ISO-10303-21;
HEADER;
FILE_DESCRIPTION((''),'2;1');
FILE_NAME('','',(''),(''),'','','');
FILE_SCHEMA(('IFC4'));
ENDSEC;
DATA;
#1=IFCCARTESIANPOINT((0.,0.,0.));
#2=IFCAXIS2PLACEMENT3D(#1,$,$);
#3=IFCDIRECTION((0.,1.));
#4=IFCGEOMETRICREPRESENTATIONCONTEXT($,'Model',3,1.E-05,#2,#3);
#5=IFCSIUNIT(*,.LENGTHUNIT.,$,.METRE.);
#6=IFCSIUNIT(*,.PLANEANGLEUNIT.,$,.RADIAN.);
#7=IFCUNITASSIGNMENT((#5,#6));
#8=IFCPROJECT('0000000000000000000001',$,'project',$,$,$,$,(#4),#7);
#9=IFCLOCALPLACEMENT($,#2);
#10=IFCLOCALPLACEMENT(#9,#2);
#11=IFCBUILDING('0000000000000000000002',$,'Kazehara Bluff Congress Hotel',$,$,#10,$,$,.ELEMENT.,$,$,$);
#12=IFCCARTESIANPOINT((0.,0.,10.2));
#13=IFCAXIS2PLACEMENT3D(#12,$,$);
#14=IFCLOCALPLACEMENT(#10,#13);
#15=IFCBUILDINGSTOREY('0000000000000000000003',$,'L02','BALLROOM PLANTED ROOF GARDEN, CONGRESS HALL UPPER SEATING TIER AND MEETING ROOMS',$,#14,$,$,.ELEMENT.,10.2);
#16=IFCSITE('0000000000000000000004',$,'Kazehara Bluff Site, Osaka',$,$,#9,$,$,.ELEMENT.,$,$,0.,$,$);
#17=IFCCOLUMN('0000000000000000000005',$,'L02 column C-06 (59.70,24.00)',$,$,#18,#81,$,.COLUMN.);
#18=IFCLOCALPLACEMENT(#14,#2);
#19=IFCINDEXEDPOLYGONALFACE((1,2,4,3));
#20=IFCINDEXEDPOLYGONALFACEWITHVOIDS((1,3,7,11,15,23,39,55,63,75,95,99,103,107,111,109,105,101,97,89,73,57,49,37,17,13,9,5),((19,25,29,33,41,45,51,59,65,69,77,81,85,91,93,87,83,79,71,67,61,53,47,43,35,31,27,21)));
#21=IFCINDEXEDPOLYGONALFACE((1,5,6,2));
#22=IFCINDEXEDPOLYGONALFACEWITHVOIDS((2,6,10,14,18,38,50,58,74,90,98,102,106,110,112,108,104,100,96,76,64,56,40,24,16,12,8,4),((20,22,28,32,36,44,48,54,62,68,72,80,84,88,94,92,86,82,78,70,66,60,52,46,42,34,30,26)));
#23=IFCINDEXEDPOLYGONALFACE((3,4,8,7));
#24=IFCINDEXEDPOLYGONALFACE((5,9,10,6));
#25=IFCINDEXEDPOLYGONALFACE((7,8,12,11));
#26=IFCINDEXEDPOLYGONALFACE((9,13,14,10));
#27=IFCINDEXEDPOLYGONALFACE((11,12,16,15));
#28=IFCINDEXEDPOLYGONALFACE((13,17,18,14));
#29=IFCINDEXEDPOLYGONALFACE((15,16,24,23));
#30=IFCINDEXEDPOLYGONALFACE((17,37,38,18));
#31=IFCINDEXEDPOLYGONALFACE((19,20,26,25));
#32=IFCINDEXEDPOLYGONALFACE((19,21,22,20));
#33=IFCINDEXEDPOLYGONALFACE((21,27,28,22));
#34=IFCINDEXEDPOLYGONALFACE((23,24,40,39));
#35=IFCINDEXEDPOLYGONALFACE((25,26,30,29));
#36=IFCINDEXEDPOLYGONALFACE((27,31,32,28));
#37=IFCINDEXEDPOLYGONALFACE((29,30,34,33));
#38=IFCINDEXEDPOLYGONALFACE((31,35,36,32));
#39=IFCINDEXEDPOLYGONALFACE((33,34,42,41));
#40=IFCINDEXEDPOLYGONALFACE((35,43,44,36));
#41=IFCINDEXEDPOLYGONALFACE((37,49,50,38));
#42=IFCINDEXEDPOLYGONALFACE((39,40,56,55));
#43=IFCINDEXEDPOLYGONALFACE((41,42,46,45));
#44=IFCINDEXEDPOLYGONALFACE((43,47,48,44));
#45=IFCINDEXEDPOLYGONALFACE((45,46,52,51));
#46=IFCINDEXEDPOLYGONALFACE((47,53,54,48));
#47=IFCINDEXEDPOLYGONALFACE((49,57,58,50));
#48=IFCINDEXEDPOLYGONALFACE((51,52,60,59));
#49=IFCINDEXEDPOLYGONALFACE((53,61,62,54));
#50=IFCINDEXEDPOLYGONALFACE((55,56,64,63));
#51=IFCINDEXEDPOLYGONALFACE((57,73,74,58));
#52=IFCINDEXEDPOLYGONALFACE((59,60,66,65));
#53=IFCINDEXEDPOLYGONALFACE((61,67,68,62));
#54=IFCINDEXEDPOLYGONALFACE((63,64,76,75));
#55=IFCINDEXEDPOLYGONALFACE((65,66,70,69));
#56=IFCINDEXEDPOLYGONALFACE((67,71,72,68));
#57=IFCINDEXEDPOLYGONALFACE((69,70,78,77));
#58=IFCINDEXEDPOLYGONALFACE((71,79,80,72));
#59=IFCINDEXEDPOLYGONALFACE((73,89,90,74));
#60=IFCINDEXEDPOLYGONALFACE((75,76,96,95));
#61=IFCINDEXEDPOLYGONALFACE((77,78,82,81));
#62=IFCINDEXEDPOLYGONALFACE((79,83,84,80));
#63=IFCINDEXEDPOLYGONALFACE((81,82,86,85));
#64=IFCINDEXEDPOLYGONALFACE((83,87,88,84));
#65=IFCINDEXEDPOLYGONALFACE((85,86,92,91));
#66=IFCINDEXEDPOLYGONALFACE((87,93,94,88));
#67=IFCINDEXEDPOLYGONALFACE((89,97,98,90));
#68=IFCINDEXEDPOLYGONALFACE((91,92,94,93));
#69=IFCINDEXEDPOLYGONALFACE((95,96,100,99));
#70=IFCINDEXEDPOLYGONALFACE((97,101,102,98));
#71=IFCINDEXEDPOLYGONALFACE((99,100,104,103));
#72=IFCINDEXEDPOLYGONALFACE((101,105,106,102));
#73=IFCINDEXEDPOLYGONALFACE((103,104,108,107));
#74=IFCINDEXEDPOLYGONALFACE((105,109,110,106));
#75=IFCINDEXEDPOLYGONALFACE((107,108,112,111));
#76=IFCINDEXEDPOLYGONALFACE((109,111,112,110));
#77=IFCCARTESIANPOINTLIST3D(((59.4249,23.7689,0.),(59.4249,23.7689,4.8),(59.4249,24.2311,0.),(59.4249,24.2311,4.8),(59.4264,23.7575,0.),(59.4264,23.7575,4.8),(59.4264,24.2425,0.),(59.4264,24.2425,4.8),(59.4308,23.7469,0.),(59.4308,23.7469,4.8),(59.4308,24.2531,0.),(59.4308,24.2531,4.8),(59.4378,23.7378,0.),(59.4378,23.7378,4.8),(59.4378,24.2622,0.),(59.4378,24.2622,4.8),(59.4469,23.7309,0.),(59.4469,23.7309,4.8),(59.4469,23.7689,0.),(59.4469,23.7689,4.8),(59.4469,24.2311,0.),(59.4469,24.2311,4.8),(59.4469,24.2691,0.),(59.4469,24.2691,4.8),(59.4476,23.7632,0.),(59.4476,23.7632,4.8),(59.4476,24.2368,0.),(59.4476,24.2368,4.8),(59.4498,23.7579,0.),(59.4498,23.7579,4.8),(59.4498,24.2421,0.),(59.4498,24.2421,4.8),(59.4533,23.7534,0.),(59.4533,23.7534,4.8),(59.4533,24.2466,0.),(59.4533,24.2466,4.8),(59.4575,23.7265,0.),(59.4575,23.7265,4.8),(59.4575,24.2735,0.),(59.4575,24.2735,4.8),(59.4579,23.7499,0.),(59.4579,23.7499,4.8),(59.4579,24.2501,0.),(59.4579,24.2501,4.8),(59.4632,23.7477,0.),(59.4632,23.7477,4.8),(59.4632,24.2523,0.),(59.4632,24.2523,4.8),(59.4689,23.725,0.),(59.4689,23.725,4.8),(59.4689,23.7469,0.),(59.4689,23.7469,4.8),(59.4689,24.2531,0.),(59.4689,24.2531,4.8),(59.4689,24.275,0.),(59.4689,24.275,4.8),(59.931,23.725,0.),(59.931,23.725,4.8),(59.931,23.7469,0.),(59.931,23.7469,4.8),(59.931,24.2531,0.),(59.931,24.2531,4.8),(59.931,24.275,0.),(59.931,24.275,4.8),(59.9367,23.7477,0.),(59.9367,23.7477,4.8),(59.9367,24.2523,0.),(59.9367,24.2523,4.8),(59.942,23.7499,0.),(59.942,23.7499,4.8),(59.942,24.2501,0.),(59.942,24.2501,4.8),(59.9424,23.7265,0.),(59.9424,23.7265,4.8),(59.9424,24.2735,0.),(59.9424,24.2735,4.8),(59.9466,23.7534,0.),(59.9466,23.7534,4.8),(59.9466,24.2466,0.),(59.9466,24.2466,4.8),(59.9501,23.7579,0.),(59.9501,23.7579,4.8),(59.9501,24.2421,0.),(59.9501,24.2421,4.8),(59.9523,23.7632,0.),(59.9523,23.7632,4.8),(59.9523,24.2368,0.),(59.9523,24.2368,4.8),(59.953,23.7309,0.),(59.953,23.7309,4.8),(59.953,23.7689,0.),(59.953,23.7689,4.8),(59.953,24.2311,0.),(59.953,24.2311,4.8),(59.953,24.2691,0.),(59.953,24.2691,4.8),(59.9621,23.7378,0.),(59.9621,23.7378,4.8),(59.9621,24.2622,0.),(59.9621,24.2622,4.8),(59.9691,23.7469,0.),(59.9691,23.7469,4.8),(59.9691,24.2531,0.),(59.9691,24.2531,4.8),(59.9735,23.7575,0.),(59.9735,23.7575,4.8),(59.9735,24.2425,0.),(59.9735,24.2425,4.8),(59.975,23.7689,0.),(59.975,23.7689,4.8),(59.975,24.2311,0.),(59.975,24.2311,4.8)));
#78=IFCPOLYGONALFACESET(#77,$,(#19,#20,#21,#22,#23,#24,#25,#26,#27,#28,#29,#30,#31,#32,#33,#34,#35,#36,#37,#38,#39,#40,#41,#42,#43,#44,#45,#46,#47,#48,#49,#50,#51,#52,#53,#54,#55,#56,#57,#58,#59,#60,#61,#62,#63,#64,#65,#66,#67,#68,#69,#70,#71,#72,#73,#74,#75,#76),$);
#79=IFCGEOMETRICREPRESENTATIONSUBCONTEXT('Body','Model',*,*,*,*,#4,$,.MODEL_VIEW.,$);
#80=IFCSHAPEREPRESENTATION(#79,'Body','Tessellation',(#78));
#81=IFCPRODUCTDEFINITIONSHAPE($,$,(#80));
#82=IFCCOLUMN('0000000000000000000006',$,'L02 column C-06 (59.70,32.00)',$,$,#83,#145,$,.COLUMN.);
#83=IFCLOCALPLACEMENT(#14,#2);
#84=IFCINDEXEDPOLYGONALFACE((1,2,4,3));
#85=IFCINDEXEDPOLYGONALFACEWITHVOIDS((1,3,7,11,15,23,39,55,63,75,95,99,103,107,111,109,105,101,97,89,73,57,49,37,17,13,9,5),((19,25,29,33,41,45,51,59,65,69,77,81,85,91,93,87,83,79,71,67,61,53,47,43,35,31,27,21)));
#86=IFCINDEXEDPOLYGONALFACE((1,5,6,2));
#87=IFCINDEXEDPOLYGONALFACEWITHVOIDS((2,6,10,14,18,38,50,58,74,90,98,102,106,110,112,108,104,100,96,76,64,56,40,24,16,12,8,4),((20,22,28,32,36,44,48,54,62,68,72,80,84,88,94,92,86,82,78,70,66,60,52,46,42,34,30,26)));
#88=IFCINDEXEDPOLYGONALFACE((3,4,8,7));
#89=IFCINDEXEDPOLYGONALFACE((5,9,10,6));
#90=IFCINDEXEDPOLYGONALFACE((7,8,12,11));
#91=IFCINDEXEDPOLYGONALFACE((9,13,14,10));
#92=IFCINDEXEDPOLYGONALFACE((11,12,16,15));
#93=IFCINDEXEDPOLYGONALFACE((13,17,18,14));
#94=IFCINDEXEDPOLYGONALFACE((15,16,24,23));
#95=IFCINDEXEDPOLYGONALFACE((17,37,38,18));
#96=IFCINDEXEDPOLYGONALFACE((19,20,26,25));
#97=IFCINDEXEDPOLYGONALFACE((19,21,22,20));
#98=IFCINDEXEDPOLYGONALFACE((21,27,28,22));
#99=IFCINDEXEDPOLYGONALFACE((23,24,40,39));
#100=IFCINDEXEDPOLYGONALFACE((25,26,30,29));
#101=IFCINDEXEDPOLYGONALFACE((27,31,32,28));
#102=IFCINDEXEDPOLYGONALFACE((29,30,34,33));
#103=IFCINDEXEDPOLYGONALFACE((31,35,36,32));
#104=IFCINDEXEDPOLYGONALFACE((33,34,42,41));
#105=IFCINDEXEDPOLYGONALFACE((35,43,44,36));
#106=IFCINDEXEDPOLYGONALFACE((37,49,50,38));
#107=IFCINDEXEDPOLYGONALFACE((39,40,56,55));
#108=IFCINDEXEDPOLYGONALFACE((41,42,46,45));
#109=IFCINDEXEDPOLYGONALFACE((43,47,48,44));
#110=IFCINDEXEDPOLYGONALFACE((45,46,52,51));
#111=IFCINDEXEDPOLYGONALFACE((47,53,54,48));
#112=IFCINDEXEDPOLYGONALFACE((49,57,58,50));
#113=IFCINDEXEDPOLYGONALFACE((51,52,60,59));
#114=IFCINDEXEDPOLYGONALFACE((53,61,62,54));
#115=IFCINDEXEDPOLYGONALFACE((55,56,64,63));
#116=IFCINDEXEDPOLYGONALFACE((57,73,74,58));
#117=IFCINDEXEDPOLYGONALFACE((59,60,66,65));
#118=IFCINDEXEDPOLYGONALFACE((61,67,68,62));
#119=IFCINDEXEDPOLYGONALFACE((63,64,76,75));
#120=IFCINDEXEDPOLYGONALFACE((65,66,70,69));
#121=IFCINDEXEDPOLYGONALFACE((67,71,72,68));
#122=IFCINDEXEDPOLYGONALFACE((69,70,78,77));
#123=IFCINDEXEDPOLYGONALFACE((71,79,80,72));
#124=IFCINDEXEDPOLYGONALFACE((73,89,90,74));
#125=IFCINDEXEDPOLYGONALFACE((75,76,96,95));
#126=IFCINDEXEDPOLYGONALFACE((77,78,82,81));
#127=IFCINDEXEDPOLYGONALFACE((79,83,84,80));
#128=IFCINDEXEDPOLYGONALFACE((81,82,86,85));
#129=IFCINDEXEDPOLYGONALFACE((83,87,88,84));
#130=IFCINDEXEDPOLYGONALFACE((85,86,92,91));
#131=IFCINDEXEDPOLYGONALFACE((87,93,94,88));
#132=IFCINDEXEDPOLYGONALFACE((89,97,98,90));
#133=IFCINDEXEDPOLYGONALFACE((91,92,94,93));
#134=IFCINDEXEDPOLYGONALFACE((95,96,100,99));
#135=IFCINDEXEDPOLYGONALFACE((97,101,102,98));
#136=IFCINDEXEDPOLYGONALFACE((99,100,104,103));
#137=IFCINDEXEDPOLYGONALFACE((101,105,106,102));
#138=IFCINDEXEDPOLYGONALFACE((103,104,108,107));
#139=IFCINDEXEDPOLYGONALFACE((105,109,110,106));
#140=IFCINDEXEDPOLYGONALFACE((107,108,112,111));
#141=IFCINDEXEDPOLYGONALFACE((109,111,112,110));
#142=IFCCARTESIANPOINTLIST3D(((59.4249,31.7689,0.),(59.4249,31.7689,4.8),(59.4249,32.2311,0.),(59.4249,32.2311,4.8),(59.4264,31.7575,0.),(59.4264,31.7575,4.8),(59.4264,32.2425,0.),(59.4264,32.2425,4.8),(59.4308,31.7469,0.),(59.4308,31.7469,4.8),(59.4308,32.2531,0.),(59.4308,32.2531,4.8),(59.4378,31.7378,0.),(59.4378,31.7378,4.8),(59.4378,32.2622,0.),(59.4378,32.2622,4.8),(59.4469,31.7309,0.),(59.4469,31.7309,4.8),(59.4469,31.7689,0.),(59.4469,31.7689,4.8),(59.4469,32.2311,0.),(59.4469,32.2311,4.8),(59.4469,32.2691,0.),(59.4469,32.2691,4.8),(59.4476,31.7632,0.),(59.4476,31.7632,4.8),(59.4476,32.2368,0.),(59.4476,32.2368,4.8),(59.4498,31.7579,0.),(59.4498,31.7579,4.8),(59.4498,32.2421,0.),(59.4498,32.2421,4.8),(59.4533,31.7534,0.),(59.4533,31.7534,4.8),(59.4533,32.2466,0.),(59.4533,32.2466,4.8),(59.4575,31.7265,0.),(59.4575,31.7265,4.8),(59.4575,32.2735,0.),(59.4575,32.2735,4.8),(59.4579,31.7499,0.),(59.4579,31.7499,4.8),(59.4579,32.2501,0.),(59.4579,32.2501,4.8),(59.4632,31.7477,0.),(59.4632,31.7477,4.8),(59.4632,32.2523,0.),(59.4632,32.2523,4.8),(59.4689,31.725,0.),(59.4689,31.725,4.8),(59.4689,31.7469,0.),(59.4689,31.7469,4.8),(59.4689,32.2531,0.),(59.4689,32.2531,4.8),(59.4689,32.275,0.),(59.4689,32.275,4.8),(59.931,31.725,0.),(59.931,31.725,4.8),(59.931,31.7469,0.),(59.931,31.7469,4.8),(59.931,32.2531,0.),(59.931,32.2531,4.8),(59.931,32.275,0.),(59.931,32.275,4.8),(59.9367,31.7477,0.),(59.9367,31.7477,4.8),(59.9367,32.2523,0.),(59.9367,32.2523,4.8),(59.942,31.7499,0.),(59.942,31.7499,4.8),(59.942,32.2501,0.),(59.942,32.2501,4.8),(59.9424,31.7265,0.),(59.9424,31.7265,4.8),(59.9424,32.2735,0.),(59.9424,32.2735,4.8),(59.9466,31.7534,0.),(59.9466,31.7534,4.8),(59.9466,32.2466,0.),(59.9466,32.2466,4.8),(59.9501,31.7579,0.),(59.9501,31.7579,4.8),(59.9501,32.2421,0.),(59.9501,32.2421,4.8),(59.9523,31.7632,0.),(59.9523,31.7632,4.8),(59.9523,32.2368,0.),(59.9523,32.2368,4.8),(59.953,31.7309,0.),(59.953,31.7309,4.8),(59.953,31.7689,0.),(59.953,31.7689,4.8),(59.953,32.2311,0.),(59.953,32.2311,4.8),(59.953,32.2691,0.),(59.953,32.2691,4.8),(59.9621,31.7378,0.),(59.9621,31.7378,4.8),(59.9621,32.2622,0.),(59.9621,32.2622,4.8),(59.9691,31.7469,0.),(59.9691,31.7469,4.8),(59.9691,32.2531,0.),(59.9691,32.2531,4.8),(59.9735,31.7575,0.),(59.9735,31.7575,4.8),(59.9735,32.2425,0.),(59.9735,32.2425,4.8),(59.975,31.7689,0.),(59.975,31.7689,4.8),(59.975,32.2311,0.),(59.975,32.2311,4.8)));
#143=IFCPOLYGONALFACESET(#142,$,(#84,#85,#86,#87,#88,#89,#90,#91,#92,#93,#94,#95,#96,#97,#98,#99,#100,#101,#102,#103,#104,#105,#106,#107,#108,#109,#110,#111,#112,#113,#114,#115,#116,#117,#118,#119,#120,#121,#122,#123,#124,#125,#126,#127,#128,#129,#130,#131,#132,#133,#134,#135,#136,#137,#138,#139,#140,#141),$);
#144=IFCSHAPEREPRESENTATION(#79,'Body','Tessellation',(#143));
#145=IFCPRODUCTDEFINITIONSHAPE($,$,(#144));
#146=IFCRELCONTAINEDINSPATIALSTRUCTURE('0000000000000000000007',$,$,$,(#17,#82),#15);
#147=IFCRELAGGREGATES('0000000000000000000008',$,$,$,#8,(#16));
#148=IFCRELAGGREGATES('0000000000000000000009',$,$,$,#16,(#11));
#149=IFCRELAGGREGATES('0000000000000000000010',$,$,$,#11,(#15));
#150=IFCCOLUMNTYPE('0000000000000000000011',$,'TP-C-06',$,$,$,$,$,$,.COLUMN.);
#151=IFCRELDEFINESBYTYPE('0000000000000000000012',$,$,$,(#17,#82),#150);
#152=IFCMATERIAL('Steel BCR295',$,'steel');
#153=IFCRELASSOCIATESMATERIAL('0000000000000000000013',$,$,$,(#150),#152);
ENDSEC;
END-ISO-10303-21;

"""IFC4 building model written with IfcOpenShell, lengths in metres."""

from ifc_helpers import new_model, si_unit, direction, frame, origin, origin_2d, place, context, subcontext, project, spatial, hollow_rectangle, extrude, material, material_profile, profile_set, type_object, element, save


model = new_model("IFC4")

# Units and contexts
model_context = context("Model", 3, precision=1e-05, world=origin(), true_north=direction((0.0, 1.0)))
body_context = subcontext(model_context, "Body", "Model", "MODEL_VIEW")
ifc_project = project(units=[si_unit("LENGTHUNIT", "METRE"), si_unit("PLANEANGLEUNIT", "RADIAN")], contexts=[model_context])

# Site, building, storey
site_placement = place(None, origin())
site = spatial("IfcSite", under=ifc_project, at=site_placement, Name="Kazehara Bluff Site, Osaka", CompositionType="ELEMENT", RefElevation=0.0)
building_placement = place(site_placement, origin())
building = spatial("IfcBuilding", under=site, at=building_placement, Name="Kazehara Bluff Congress Hotel", CompositionType="ELEMENT")
storey_placement = place(building_placement, frame((0.0, 0.0, 10.2)))
storey = spatial("IfcBuildingStorey", under=building, at=storey_placement, Name="L02", Description="BALLROOM PLANTED ROOF GARDEN, CONGRESS HALL UPPER SEATING TIER AND MEETING ROOMS", CompositionType="ELEMENT", Elevation=10.2)

# Columns
ifc_material_1 = material(Name="Steel BCR295", Category="steel")
ifc_material_profile_1 = material_profile(ifc_material_1, hollow_rectangle(XDim=0.55, YDim=0.55, WallThickness=0.022, InnerFilletRadius=0.022, OuterFilletRadius=0.0439, at=origin_2d()))
ifc_profile_set_1 = profile_set([ifc_material_profile_1], Name="Steel BCR295")
column_type = type_object("IfcColumnType", Name="TP-C-06", PredefinedType="COLUMN", material=ifc_profile_set_1)
for number, where, z_axis, x_axis, name in (
    (1, (59.7, 24.0, 0.0), (0.0, 0.0, 1.0), (1.0, 0.0, 0.0), "L02 column C-06 (59.70,24.00)"),
    (2, (59.7, 32.0, 0.0), (0.0, 0.0, 1.0), (1.0, 0.0, 0.0), "L02 column C-06 (59.70,32.00)"),
):
    element("IfcColumn", number, at=place(storey_placement, frame(where, z_axis=z_axis, x_axis=x_axis)), inside=storey, type_object=column_type, Name=name, PredefinedType="COLUMN", context=body_context, shape_type="SweptSolid", body=[
        extrude(hollow_rectangle(XDim=0.55, YDim=0.55, WallThickness=0.022, InnerFilletRadius=0.022, OuterFilletRadius=0.0439, at=origin_2d()), origin(), (0.0, 0.0, 1.0), 4.8),
    ])

save(model, "model.ifc")
